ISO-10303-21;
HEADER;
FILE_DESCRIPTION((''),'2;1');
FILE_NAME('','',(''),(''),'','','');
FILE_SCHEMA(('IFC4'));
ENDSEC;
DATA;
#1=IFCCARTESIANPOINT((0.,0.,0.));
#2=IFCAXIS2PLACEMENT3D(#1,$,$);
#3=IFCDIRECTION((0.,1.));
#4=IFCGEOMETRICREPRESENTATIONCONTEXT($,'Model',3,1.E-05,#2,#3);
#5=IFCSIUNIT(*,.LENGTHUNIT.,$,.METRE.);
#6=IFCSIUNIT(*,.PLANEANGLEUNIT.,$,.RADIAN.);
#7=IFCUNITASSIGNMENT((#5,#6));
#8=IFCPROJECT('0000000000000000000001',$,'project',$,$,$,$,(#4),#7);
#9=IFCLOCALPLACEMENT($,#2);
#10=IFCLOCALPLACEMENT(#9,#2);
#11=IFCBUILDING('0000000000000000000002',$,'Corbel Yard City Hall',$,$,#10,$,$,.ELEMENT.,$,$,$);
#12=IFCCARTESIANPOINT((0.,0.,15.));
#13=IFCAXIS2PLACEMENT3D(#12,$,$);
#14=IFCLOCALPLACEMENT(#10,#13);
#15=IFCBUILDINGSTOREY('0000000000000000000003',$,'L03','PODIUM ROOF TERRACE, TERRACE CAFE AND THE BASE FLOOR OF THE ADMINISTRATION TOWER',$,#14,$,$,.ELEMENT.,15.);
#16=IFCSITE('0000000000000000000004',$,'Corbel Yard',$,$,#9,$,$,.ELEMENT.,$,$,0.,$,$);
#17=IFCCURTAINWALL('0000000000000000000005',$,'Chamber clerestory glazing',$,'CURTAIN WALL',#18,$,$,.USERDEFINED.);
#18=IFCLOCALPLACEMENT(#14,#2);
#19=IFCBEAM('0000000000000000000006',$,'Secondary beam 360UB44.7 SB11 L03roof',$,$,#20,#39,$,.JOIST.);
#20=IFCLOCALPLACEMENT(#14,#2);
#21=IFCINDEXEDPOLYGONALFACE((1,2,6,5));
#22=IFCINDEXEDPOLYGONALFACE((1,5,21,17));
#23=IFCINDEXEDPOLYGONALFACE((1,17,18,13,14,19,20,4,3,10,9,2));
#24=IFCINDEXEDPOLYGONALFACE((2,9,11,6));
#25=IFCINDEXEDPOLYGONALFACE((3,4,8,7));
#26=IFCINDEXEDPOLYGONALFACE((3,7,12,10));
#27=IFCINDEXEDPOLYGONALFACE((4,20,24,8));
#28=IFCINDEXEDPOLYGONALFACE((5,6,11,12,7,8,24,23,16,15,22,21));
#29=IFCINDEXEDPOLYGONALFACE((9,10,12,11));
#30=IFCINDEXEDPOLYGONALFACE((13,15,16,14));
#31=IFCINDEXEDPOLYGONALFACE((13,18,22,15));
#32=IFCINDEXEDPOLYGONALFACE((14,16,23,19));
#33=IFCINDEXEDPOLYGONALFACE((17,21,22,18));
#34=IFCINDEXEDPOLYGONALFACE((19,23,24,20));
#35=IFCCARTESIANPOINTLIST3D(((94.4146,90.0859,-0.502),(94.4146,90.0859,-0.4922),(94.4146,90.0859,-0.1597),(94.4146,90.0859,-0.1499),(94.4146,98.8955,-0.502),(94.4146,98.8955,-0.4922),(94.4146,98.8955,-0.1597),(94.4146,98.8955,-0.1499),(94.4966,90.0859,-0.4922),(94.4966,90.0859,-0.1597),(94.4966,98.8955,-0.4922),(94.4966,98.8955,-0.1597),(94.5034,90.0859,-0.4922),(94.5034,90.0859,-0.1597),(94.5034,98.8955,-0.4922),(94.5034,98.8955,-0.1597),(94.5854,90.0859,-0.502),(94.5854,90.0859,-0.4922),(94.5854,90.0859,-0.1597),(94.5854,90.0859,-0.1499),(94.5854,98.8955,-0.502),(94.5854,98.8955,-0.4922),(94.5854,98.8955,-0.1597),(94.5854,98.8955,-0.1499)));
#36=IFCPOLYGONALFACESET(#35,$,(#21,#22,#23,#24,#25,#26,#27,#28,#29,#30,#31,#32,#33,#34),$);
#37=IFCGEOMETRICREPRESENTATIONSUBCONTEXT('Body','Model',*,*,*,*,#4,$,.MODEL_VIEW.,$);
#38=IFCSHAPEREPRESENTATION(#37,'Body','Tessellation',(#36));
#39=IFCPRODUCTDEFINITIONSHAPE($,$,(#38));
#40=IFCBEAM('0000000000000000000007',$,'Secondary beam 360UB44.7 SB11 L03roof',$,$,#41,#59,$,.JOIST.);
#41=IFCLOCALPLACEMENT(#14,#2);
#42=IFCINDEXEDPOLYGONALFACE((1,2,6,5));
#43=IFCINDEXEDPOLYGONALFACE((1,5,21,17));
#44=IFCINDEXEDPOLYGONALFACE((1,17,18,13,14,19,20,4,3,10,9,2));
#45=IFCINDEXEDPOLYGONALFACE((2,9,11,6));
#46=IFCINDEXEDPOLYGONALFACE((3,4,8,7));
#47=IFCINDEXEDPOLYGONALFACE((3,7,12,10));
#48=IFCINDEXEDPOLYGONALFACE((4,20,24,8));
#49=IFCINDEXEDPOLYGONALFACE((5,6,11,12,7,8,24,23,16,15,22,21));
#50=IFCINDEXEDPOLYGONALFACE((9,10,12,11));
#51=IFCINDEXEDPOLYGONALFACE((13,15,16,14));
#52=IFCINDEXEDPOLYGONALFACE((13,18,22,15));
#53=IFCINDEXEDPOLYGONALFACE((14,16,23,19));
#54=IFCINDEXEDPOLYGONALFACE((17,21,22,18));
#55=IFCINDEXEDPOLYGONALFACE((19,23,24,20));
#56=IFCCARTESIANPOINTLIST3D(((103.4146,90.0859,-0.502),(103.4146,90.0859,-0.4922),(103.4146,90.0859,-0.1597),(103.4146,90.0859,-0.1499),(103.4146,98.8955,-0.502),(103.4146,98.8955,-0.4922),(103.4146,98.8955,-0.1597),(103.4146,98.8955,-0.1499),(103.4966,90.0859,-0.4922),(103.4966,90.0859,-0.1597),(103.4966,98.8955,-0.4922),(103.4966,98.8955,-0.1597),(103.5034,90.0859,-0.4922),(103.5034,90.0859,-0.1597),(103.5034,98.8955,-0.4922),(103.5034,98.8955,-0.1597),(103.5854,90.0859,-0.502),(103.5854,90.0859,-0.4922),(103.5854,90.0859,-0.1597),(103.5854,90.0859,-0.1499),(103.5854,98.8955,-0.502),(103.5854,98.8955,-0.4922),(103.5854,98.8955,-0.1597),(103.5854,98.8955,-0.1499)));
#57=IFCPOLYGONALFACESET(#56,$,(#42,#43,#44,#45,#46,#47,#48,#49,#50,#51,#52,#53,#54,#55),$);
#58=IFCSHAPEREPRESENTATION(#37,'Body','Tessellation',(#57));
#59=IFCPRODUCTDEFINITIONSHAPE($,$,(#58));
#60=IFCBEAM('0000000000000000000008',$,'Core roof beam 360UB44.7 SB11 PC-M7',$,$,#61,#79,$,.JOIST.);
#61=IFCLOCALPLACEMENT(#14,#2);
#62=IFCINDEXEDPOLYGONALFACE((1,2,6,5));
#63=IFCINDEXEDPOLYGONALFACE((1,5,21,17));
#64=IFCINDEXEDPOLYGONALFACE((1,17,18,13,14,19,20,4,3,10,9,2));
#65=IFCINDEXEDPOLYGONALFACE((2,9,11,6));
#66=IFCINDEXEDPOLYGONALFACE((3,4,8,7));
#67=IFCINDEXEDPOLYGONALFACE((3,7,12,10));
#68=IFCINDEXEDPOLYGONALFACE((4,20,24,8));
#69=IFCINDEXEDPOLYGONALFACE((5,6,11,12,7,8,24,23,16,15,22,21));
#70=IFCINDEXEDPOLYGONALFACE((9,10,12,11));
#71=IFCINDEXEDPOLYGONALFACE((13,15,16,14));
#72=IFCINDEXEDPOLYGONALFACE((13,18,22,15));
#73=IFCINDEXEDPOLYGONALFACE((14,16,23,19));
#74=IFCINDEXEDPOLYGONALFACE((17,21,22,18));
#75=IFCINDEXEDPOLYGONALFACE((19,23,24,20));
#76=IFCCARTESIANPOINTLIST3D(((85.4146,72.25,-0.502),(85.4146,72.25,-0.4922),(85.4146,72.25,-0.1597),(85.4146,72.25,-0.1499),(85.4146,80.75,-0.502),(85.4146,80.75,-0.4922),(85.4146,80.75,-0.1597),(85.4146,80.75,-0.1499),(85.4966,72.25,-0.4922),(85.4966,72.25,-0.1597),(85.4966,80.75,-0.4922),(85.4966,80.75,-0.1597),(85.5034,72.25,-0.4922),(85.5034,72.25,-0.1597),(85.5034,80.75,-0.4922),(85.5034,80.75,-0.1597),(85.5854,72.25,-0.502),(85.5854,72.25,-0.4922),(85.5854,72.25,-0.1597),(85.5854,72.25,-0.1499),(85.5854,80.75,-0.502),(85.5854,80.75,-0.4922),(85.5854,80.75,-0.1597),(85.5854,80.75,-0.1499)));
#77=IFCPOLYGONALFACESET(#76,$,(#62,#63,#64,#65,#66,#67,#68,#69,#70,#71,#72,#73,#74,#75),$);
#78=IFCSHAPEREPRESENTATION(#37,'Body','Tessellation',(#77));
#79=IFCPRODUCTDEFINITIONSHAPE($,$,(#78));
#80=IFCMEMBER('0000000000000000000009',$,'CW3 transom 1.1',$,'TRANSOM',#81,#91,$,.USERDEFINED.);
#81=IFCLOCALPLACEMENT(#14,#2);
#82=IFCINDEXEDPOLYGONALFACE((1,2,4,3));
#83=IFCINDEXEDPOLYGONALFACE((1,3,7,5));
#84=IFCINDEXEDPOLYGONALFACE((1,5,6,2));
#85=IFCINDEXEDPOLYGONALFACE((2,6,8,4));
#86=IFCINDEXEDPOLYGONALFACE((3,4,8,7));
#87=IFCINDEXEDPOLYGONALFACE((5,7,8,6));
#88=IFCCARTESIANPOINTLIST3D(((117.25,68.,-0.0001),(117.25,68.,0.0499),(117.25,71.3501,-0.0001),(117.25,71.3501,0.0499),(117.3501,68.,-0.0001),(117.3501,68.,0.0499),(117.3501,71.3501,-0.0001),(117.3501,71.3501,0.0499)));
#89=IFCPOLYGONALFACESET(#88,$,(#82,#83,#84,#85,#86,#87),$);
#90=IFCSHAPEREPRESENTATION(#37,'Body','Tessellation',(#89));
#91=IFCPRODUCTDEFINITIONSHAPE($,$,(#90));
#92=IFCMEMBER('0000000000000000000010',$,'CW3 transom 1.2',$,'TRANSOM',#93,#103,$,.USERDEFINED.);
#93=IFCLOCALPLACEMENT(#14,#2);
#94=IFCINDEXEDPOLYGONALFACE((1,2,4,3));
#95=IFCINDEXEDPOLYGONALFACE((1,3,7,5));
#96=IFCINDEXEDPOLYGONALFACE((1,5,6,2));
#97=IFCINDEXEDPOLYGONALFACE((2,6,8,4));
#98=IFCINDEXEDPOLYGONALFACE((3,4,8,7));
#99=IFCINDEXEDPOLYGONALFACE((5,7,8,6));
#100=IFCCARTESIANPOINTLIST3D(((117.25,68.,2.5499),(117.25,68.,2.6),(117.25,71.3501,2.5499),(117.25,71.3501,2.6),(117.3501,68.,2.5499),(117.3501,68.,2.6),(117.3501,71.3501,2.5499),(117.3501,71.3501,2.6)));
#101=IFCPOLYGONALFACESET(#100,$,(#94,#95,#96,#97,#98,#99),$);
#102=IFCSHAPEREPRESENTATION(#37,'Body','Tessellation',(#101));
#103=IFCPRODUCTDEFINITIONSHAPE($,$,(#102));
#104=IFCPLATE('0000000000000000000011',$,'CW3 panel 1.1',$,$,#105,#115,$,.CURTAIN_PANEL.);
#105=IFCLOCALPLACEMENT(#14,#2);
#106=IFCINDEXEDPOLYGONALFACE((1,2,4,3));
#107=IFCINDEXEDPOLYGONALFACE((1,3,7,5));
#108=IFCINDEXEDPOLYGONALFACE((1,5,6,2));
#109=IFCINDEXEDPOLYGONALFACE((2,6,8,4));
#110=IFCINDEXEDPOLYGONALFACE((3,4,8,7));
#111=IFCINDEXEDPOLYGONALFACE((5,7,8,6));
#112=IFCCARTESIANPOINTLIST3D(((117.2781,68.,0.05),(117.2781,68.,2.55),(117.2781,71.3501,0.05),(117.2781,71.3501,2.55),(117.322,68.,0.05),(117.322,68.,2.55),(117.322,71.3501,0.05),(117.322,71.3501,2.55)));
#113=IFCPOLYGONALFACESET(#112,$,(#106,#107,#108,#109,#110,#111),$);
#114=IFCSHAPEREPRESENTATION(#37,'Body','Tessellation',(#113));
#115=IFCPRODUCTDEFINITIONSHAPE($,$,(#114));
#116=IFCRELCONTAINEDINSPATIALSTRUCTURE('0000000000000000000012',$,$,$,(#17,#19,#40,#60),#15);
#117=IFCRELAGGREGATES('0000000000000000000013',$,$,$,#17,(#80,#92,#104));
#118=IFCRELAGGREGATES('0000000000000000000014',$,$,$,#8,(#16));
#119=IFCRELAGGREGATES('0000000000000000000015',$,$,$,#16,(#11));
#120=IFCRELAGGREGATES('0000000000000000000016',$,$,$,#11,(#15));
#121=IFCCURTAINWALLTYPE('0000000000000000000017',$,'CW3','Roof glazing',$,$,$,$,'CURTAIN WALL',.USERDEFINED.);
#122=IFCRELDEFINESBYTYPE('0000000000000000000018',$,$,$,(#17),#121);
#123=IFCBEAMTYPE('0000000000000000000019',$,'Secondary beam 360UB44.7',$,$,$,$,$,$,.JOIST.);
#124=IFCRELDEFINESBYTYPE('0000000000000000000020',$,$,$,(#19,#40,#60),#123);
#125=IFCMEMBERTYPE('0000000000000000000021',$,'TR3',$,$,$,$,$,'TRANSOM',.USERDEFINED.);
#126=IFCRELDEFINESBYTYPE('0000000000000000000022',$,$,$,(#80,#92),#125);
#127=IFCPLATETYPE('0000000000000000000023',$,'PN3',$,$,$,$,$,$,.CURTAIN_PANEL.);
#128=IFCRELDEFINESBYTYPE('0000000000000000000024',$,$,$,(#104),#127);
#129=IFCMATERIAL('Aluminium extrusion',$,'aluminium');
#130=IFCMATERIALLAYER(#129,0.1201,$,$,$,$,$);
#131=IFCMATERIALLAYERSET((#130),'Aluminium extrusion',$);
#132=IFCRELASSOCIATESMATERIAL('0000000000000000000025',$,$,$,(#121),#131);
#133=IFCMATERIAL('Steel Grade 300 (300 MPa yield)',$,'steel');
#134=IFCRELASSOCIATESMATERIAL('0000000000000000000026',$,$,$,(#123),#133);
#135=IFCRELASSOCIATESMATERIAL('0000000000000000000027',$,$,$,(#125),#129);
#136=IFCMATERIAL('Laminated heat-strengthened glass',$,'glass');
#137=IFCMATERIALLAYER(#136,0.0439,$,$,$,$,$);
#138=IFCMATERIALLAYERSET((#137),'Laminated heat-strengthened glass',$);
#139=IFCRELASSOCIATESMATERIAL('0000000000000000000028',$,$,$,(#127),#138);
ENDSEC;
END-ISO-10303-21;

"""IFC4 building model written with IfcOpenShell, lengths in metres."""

from ifc_helpers import new_model, si_unit, direction, frame, origin, origin_2d, place, context, subcontext, project, spatial, rectangle, i_section, extrude, material, layer, layer_set, material_profile, profile_set, type_object, element, aggregate, save


model = new_model("IFC4")

# Units and contexts
model_context = context("Model", 3, precision=1e-05, world=origin(), true_north=direction((0.0, 1.0)))
body_context = subcontext(model_context, "Body", "Model", "MODEL_VIEW")
ifc_project = project(units=[si_unit("LENGTHUNIT", "METRE"), si_unit("PLANEANGLEUNIT", "RADIAN")], contexts=[model_context])

# Site, building, storey
site_placement = place(None, origin())
site = spatial("IfcSite", under=ifc_project, at=site_placement, Name="Corbel Yard", CompositionType="ELEMENT", RefElevation=0.0)
building_placement = place(site_placement, origin())
building = spatial("IfcBuilding", under=site, at=building_placement, Name="Corbel Yard City Hall", CompositionType="ELEMENT")
storey_placement = place(building_placement, frame((0.0, 0.0, 15.0)))
storey = spatial("IfcBuildingStorey", under=building, at=storey_placement, Name="L03", Description="PODIUM ROOF TERRACE, TERRACE CAFE AND THE BASE FLOOR OF THE ADMINISTRATION TOWER", CompositionType="ELEMENT", Elevation=15.0)

# Shared definitions
ifc_material_1 = material(Name="Steel Grade 300 (300 MPa yield)", Category="steel")

# Shared definitions
ifc_material_2 = material(Name="Aluminium extrusion", Category="aluminium")
ifc_layer_1 = layer(ifc_material_2, 0.1201)
ifc_layer_set_1 = layer_set([ifc_layer_1], Name="Aluminium extrusion")
curtain_wall_type = type_object("IfcCurtainWallType", Name="CW3", Description="Roof glazing", ElementType="CURTAIN WALL", PredefinedType="USERDEFINED", material=ifc_layer_set_1)

# Curtain wall
curtain_wall_1_placement = place(storey_placement, origin())
curtain_wall_1 = element("IfcCurtainWall", 1, at=curtain_wall_1_placement, inside=storey, type_object=curtain_wall_type, Name="Chamber clerestory glazing", ObjectType="CURTAIN WALL", PredefinedType="USERDEFINED")

# Beams
ifc_material_profile_1 = material_profile(ifc_material_1, i_section(OverallWidth=0.1709, OverallDepth=0.3521, WebThickness=0.0068, FlangeThickness=0.0098, at=origin_2d()), Name="360UB44.7")
ifc_profile_set_1 = profile_set([ifc_material_profile_1], Name="Steel Grade 300 (300 MPa yield)")
beam_type_1 = type_object("IfcBeamType", Name="Secondary beam 360UB44.7", PredefinedType="JOIST", material=ifc_profile_set_1)
for number, where, z_axis, x_axis, name in (
    (2, (94.5, 90.0859, -0.3259), (0.0, 1.0, 0.0), (-1.0, 0.0, 0.0), "Secondary beam 360UB44.7 SB11 L03roof"),
    (3, (103.5, 90.0859, -0.3259), (0.0, 1.0, 0.0), (-1.0, 0.0, 0.0), "Secondary beam 360UB44.7 SB11 L03roof"),
):
    element("IfcBeam", number, at=place(storey_placement, frame(where, z_axis=z_axis, x_axis=x_axis)), inside=storey, type_object=beam_type_1, Name=name, PredefinedType="JOIST", context=body_context, shape_type="SweptSolid", body=[
        extrude(i_section(OverallWidth=0.1709, OverallDepth=0.3521, WebThickness=0.0068, FlangeThickness=0.0098, at=origin_2d()), origin(), (0.0, 0.0, 1.0), 8.8096),
    ])
beam_1_placement = place(storey_placement, frame((85.5, 72.25, -0.3259), z_axis=(0.0, 1.0, 0.0), x_axis=(-1.0, 0.0, 0.0)))
element("IfcBeam", 4, at=beam_1_placement, inside=storey, type_object=beam_type_1, Name="Core roof beam 360UB44.7 SB11 PC-M7", PredefinedType="JOIST", context=body_context, shape_type="SweptSolid", body=[
    extrude(i_section(OverallWidth=0.1709, OverallDepth=0.3521, WebThickness=0.0068, FlangeThickness=0.0098, at=origin_2d()), origin(), (0.0, 0.0, 1.0), 8.5),
])

# Members
ifc_material_profile_2 = material_profile(ifc_material_2, rectangle(XDim=0.1001, YDim=0.05, at=origin_2d()), Name="100x50")
ifc_profile_set_2 = profile_set([ifc_material_profile_2], Name="Aluminium extrusion")
member_type_1 = type_object("IfcMemberType", Name="TR3", ElementType="TRANSOM", PredefinedType="USERDEFINED", material=ifc_profile_set_2)
member_1_placement = place(storey_placement, frame((117.3, 68.0, 0.0249), z_axis=(0.0, 1.0, 0.0), x_axis=(-1.0, 0.0, 0.0)))
member_1 = element("IfcMember", 5, at=member_1_placement, type_object=member_type_1, Name="CW3 transom 1.1", ObjectType="TRANSOM", PredefinedType="USERDEFINED", context=body_context, shape_type="SweptSolid", body=[
    extrude(rectangle(XDim=0.1001, YDim=0.05, at=origin_2d()), origin(), (0.0, 0.0, 1.0), 3.3501),
])
member_2_placement = place(storey_placement, frame((117.3, 68.0, 2.575), z_axis=(0.0, 1.0, 0.0), x_axis=(-1.0, 0.0, 0.0)))
member_2 = element("IfcMember", 6, at=member_2_placement, type_object=member_type_1, Name="CW3 transom 1.2", ObjectType="TRANSOM", PredefinedType="USERDEFINED", context=body_context, shape_type="SweptSolid", body=[
    extrude(rectangle(XDim=0.1001, YDim=0.05, at=origin_2d()), origin(), (0.0, 0.0, 1.0), 3.3501),
])

# Plate
ifc_material_3 = material(Name="Laminated heat-strengthened glass", Category="glass")
ifc_layer_2 = layer(ifc_material_3, 0.0439)
ifc_layer_set_2 = layer_set([ifc_layer_2], Name="Laminated heat-strengthened glass")
plate_type = type_object("IfcPlateType", Name="PN3", PredefinedType="CURTAIN_PANEL", material=ifc_layer_set_2)
plate_placement = place(storey_placement, frame((117.3, 69.675, 0.05), z_axis=(0.0, 0.0, 1.0), x_axis=(0.0, 1.0, 0.0)))
plate = element("IfcPlate", 7, at=plate_placement, type_object=plate_type, Name="CW3 panel 1.1", PredefinedType="CURTAIN_PANEL", context=body_context, shape_type="SweptSolid", body=[
    extrude(rectangle(XDim=3.3501, YDim=0.0439, at=origin_2d()), origin(), (0.0, 0.0, 1.0), 2.5),
])
aggregate(curtain_wall_1, [member_1, member_2, plate])

save(model, "model.ifc")
